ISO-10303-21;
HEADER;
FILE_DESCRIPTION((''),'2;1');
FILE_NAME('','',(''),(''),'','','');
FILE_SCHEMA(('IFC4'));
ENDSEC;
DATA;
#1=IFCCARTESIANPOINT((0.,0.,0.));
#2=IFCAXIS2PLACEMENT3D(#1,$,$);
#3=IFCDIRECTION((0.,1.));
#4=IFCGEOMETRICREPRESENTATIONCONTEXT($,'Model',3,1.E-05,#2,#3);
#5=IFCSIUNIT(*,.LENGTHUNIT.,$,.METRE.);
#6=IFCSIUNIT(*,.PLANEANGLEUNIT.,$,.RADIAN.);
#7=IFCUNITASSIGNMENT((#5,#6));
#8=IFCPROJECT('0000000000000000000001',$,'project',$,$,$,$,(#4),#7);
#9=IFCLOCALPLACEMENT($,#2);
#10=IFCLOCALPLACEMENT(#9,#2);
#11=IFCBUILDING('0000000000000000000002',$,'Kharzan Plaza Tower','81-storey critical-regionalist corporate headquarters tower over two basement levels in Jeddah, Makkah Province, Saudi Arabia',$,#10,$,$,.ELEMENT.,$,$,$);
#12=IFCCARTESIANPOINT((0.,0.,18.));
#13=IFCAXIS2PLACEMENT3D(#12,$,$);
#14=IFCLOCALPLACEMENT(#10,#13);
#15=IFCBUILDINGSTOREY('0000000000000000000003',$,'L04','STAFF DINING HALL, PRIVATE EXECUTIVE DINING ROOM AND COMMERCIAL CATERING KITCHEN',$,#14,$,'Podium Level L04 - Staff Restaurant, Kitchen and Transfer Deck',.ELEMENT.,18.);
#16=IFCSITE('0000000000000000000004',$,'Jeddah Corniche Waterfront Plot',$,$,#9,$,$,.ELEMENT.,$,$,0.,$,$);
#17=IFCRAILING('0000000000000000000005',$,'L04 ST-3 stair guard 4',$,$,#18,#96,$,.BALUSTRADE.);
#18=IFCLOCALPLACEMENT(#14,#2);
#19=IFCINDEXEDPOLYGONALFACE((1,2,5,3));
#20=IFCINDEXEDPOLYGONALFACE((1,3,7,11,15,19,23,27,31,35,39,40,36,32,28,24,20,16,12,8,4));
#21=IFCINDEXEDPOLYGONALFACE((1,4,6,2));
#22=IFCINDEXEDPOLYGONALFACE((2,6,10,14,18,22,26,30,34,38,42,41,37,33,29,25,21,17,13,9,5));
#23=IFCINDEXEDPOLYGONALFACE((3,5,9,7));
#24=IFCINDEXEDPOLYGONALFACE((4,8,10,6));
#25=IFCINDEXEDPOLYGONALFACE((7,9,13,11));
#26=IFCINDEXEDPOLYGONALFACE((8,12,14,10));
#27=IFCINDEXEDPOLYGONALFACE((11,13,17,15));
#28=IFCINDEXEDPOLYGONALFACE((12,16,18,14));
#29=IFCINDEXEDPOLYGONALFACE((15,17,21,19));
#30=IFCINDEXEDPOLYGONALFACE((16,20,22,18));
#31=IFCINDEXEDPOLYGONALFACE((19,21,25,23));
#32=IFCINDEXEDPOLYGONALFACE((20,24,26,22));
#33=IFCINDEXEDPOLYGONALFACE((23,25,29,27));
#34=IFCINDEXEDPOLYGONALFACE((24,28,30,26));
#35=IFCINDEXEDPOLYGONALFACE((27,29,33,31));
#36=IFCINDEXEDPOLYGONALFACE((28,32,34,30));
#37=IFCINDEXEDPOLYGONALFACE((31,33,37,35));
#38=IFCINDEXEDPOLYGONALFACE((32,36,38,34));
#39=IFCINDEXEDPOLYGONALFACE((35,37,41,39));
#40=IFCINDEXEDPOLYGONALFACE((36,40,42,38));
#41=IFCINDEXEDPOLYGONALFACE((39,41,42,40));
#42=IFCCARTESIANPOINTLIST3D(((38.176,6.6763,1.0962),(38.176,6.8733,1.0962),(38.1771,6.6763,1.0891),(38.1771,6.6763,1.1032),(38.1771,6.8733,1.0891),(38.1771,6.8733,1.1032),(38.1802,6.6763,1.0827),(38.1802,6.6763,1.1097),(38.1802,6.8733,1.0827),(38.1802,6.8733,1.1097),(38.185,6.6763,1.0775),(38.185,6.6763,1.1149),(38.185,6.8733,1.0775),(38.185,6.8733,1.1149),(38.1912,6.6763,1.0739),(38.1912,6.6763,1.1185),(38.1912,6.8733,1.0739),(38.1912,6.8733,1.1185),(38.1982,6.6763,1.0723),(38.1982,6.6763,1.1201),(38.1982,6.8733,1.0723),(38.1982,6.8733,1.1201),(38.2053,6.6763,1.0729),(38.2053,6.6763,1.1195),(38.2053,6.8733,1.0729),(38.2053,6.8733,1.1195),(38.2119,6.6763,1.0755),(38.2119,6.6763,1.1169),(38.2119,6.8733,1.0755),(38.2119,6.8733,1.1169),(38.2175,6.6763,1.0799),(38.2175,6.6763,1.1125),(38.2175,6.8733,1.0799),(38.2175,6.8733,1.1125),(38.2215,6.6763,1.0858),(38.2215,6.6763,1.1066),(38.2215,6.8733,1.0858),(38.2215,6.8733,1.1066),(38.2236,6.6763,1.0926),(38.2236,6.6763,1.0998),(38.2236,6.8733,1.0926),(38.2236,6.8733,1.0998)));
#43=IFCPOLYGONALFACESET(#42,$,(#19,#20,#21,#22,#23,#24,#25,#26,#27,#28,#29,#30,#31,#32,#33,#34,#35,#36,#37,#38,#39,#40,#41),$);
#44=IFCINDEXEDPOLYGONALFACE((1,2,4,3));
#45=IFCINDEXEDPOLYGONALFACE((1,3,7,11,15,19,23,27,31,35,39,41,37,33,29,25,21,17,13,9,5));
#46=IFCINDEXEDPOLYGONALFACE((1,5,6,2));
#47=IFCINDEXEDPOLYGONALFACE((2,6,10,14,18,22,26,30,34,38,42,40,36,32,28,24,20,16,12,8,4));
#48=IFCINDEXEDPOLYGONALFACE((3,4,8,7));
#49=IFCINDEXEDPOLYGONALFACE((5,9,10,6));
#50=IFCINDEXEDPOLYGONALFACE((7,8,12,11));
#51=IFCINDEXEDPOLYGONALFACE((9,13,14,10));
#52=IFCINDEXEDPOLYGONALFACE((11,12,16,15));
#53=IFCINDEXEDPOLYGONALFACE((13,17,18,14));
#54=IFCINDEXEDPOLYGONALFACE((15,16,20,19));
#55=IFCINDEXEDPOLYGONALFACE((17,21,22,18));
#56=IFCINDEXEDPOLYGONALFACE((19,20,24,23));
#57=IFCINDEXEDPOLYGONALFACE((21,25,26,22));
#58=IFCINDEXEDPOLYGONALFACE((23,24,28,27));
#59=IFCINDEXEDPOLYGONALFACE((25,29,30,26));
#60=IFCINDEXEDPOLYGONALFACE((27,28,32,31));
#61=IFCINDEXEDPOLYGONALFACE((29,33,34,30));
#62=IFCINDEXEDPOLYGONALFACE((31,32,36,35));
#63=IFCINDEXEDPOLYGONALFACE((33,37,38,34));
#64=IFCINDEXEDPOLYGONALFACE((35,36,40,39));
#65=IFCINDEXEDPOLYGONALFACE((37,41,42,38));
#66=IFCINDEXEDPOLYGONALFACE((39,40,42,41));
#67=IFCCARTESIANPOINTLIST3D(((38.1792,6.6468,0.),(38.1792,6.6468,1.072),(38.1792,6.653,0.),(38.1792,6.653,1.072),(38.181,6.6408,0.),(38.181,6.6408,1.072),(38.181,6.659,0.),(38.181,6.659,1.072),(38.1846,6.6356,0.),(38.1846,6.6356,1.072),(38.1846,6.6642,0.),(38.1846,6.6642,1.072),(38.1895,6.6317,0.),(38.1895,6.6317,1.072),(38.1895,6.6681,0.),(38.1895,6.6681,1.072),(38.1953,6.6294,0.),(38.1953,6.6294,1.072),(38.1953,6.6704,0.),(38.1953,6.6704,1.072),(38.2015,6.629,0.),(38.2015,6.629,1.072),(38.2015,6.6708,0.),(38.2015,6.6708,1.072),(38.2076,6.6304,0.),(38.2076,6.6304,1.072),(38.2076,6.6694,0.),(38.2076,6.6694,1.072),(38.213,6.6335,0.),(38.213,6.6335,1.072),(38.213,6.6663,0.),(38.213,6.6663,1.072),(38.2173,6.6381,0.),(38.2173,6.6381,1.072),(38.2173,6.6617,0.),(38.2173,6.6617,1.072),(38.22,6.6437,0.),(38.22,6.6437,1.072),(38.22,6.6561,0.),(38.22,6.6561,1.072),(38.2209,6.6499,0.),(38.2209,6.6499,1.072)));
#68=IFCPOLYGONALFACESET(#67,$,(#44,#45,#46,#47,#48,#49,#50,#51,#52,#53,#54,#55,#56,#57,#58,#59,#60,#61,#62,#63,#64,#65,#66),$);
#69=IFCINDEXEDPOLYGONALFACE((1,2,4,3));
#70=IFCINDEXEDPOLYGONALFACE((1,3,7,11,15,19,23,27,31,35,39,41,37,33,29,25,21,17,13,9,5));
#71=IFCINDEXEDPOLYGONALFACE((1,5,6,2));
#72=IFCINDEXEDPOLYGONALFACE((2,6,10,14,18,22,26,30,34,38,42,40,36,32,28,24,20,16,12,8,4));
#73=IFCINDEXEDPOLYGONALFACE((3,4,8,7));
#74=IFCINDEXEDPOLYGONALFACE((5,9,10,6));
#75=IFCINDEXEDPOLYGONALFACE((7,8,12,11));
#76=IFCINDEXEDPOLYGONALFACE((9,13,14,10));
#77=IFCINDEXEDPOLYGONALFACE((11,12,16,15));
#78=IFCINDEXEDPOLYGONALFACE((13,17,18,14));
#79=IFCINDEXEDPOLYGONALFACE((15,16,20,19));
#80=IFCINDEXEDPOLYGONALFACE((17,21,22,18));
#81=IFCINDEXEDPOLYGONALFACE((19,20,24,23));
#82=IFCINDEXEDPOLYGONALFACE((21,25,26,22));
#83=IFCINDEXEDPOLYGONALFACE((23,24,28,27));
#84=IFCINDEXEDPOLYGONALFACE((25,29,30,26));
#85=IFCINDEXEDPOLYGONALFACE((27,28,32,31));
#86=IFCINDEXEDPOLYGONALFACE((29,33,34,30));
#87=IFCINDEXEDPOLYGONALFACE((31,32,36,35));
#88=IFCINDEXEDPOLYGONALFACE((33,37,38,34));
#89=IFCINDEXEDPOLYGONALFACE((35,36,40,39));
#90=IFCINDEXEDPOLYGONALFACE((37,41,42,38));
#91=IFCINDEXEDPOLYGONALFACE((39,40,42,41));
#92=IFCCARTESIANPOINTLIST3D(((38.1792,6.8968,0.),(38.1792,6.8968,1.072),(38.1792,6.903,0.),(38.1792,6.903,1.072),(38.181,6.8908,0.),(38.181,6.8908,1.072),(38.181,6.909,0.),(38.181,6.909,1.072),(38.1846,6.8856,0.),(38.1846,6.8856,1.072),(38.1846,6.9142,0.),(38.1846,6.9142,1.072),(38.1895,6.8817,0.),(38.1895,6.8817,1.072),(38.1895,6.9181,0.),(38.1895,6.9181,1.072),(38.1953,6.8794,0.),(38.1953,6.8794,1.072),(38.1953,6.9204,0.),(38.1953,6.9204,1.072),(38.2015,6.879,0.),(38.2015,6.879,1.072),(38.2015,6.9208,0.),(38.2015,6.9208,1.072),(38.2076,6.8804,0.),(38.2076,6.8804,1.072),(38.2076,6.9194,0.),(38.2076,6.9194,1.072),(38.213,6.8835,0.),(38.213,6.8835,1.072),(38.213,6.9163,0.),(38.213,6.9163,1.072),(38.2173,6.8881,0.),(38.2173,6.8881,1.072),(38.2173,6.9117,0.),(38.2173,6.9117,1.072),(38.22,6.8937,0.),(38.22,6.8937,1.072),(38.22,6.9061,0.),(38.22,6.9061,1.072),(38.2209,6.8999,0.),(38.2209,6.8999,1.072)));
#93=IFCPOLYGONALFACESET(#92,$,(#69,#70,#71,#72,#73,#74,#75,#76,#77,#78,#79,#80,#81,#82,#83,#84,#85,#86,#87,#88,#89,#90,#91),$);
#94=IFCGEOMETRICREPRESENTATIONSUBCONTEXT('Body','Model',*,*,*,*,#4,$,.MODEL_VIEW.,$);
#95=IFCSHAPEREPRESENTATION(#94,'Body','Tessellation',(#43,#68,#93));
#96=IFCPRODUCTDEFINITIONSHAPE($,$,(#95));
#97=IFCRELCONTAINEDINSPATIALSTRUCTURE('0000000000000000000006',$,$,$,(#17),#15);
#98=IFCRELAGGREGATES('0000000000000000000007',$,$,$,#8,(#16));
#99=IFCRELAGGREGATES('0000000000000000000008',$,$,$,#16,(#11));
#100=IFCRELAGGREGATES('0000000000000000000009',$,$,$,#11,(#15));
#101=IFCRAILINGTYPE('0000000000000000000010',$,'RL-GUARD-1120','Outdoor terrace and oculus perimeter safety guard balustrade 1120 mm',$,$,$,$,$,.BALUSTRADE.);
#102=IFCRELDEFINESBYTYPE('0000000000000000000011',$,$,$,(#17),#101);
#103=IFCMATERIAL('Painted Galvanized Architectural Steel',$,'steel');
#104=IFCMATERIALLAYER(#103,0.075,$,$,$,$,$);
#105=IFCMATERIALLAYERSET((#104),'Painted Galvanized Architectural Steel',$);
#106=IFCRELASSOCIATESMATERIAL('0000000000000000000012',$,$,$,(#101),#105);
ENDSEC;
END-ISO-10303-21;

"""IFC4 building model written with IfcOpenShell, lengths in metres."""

from ifc_helpers import new_model, si_unit, direction, frame, origin, origin_2d, place, context, subcontext, project, spatial, circle, extrude, source, transform, mapped, material, layer, layer_set, type_object, element, save


model = new_model("IFC4")

# Units and contexts
model_context = context("Model", 3, precision=1e-05, world=origin(), true_north=direction((0.0, 1.0)))
body_context = subcontext(model_context, "Body", "Model", "MODEL_VIEW")
ifc_project = project(units=[si_unit("LENGTHUNIT", "METRE"), si_unit("PLANEANGLEUNIT", "RADIAN")], contexts=[model_context])

# Site, building, storey
site_placement = place(None, origin())
site = spatial("IfcSite", under=ifc_project, at=site_placement, Name="Jeddah Corniche Waterfront Plot", CompositionType="ELEMENT", RefElevation=0.0)
building_placement = place(site_placement, origin())
building = spatial("IfcBuilding", under=site, at=building_placement, Name="Kharzan Plaza Tower", Description="81-storey critical-regionalist corporate headquarters tower over two basement levels in Jeddah, Makkah Province, Saudi Arabia", CompositionType="ELEMENT")
storey_placement = place(building_placement, frame((0.0, 0.0, 18.0)))
storey = spatial("IfcBuildingStorey", under=building, at=storey_placement, Name="L04", Description="STAFF DINING HALL, PRIVATE EXECUTIVE DINING ROOM AND COMMERCIAL CATERING KITCHEN", LongName="Podium Level L04 - Staff Restaurant, Kitchen and Transfer Deck", CompositionType="ELEMENT", Elevation=18.0)

# Railing
ifc_material_1 = material(Name="Painted Galvanized Architectural Steel", Category="steel")
ifc_layer_1 = layer(ifc_material_1, 0.075)
ifc_layer_set_1 = layer_set([ifc_layer_1], Name="Painted Galvanized Architectural Steel")
railing_type_1 = type_object("IfcRailingType", Name="RL-GUARD-1120", Description="Outdoor terrace and oculus perimeter safety guard balustrade 1120 mm", PredefinedType="BALUSTRADE", material=ifc_layer_set_1)
shared_shape_1 = source(origin(), body_context, "Body", "SweptSolid", [
    extrude(circle(Radius=0.0239, at=origin_2d()), frame((0.0, 0.0264, 1.0962), z_axis=(0.0, 1.0, 0.0), x_axis=(-1.0, 0.0, 0.0)), (0.0, 0.0, 1.0), 0.197),
    extrude(circle(Radius=0.021, at=origin_2d()), origin(), (0.0, 0.0, 1.0), 1.072),
    extrude(circle(Radius=0.021, at=origin_2d()), frame((0.0, 0.25, 0.0)), (0.0, 0.0, 1.0), 1.072),
])
railing_1_placement = place(storey_placement, frame((38.2, 6.6499, 0.0)))
element("IfcRailing", 1, at=railing_1_placement, inside=storey, type_object=railing_type_1, Name="L04 ST-3 stair guard 4", PredefinedType="BALUSTRADE", context=body_context, shape_type="MappedRepresentation", body=[
    mapped(shared_shape_1, transform((0.0, 0.0, 0.0), x_axis=(1.0, 0.0, 0.0), y_axis=(0.0, 1.0, 0.0), z_axis=(0.0, 0.0, 1.0))),
])

save(model, "model.ifc")
